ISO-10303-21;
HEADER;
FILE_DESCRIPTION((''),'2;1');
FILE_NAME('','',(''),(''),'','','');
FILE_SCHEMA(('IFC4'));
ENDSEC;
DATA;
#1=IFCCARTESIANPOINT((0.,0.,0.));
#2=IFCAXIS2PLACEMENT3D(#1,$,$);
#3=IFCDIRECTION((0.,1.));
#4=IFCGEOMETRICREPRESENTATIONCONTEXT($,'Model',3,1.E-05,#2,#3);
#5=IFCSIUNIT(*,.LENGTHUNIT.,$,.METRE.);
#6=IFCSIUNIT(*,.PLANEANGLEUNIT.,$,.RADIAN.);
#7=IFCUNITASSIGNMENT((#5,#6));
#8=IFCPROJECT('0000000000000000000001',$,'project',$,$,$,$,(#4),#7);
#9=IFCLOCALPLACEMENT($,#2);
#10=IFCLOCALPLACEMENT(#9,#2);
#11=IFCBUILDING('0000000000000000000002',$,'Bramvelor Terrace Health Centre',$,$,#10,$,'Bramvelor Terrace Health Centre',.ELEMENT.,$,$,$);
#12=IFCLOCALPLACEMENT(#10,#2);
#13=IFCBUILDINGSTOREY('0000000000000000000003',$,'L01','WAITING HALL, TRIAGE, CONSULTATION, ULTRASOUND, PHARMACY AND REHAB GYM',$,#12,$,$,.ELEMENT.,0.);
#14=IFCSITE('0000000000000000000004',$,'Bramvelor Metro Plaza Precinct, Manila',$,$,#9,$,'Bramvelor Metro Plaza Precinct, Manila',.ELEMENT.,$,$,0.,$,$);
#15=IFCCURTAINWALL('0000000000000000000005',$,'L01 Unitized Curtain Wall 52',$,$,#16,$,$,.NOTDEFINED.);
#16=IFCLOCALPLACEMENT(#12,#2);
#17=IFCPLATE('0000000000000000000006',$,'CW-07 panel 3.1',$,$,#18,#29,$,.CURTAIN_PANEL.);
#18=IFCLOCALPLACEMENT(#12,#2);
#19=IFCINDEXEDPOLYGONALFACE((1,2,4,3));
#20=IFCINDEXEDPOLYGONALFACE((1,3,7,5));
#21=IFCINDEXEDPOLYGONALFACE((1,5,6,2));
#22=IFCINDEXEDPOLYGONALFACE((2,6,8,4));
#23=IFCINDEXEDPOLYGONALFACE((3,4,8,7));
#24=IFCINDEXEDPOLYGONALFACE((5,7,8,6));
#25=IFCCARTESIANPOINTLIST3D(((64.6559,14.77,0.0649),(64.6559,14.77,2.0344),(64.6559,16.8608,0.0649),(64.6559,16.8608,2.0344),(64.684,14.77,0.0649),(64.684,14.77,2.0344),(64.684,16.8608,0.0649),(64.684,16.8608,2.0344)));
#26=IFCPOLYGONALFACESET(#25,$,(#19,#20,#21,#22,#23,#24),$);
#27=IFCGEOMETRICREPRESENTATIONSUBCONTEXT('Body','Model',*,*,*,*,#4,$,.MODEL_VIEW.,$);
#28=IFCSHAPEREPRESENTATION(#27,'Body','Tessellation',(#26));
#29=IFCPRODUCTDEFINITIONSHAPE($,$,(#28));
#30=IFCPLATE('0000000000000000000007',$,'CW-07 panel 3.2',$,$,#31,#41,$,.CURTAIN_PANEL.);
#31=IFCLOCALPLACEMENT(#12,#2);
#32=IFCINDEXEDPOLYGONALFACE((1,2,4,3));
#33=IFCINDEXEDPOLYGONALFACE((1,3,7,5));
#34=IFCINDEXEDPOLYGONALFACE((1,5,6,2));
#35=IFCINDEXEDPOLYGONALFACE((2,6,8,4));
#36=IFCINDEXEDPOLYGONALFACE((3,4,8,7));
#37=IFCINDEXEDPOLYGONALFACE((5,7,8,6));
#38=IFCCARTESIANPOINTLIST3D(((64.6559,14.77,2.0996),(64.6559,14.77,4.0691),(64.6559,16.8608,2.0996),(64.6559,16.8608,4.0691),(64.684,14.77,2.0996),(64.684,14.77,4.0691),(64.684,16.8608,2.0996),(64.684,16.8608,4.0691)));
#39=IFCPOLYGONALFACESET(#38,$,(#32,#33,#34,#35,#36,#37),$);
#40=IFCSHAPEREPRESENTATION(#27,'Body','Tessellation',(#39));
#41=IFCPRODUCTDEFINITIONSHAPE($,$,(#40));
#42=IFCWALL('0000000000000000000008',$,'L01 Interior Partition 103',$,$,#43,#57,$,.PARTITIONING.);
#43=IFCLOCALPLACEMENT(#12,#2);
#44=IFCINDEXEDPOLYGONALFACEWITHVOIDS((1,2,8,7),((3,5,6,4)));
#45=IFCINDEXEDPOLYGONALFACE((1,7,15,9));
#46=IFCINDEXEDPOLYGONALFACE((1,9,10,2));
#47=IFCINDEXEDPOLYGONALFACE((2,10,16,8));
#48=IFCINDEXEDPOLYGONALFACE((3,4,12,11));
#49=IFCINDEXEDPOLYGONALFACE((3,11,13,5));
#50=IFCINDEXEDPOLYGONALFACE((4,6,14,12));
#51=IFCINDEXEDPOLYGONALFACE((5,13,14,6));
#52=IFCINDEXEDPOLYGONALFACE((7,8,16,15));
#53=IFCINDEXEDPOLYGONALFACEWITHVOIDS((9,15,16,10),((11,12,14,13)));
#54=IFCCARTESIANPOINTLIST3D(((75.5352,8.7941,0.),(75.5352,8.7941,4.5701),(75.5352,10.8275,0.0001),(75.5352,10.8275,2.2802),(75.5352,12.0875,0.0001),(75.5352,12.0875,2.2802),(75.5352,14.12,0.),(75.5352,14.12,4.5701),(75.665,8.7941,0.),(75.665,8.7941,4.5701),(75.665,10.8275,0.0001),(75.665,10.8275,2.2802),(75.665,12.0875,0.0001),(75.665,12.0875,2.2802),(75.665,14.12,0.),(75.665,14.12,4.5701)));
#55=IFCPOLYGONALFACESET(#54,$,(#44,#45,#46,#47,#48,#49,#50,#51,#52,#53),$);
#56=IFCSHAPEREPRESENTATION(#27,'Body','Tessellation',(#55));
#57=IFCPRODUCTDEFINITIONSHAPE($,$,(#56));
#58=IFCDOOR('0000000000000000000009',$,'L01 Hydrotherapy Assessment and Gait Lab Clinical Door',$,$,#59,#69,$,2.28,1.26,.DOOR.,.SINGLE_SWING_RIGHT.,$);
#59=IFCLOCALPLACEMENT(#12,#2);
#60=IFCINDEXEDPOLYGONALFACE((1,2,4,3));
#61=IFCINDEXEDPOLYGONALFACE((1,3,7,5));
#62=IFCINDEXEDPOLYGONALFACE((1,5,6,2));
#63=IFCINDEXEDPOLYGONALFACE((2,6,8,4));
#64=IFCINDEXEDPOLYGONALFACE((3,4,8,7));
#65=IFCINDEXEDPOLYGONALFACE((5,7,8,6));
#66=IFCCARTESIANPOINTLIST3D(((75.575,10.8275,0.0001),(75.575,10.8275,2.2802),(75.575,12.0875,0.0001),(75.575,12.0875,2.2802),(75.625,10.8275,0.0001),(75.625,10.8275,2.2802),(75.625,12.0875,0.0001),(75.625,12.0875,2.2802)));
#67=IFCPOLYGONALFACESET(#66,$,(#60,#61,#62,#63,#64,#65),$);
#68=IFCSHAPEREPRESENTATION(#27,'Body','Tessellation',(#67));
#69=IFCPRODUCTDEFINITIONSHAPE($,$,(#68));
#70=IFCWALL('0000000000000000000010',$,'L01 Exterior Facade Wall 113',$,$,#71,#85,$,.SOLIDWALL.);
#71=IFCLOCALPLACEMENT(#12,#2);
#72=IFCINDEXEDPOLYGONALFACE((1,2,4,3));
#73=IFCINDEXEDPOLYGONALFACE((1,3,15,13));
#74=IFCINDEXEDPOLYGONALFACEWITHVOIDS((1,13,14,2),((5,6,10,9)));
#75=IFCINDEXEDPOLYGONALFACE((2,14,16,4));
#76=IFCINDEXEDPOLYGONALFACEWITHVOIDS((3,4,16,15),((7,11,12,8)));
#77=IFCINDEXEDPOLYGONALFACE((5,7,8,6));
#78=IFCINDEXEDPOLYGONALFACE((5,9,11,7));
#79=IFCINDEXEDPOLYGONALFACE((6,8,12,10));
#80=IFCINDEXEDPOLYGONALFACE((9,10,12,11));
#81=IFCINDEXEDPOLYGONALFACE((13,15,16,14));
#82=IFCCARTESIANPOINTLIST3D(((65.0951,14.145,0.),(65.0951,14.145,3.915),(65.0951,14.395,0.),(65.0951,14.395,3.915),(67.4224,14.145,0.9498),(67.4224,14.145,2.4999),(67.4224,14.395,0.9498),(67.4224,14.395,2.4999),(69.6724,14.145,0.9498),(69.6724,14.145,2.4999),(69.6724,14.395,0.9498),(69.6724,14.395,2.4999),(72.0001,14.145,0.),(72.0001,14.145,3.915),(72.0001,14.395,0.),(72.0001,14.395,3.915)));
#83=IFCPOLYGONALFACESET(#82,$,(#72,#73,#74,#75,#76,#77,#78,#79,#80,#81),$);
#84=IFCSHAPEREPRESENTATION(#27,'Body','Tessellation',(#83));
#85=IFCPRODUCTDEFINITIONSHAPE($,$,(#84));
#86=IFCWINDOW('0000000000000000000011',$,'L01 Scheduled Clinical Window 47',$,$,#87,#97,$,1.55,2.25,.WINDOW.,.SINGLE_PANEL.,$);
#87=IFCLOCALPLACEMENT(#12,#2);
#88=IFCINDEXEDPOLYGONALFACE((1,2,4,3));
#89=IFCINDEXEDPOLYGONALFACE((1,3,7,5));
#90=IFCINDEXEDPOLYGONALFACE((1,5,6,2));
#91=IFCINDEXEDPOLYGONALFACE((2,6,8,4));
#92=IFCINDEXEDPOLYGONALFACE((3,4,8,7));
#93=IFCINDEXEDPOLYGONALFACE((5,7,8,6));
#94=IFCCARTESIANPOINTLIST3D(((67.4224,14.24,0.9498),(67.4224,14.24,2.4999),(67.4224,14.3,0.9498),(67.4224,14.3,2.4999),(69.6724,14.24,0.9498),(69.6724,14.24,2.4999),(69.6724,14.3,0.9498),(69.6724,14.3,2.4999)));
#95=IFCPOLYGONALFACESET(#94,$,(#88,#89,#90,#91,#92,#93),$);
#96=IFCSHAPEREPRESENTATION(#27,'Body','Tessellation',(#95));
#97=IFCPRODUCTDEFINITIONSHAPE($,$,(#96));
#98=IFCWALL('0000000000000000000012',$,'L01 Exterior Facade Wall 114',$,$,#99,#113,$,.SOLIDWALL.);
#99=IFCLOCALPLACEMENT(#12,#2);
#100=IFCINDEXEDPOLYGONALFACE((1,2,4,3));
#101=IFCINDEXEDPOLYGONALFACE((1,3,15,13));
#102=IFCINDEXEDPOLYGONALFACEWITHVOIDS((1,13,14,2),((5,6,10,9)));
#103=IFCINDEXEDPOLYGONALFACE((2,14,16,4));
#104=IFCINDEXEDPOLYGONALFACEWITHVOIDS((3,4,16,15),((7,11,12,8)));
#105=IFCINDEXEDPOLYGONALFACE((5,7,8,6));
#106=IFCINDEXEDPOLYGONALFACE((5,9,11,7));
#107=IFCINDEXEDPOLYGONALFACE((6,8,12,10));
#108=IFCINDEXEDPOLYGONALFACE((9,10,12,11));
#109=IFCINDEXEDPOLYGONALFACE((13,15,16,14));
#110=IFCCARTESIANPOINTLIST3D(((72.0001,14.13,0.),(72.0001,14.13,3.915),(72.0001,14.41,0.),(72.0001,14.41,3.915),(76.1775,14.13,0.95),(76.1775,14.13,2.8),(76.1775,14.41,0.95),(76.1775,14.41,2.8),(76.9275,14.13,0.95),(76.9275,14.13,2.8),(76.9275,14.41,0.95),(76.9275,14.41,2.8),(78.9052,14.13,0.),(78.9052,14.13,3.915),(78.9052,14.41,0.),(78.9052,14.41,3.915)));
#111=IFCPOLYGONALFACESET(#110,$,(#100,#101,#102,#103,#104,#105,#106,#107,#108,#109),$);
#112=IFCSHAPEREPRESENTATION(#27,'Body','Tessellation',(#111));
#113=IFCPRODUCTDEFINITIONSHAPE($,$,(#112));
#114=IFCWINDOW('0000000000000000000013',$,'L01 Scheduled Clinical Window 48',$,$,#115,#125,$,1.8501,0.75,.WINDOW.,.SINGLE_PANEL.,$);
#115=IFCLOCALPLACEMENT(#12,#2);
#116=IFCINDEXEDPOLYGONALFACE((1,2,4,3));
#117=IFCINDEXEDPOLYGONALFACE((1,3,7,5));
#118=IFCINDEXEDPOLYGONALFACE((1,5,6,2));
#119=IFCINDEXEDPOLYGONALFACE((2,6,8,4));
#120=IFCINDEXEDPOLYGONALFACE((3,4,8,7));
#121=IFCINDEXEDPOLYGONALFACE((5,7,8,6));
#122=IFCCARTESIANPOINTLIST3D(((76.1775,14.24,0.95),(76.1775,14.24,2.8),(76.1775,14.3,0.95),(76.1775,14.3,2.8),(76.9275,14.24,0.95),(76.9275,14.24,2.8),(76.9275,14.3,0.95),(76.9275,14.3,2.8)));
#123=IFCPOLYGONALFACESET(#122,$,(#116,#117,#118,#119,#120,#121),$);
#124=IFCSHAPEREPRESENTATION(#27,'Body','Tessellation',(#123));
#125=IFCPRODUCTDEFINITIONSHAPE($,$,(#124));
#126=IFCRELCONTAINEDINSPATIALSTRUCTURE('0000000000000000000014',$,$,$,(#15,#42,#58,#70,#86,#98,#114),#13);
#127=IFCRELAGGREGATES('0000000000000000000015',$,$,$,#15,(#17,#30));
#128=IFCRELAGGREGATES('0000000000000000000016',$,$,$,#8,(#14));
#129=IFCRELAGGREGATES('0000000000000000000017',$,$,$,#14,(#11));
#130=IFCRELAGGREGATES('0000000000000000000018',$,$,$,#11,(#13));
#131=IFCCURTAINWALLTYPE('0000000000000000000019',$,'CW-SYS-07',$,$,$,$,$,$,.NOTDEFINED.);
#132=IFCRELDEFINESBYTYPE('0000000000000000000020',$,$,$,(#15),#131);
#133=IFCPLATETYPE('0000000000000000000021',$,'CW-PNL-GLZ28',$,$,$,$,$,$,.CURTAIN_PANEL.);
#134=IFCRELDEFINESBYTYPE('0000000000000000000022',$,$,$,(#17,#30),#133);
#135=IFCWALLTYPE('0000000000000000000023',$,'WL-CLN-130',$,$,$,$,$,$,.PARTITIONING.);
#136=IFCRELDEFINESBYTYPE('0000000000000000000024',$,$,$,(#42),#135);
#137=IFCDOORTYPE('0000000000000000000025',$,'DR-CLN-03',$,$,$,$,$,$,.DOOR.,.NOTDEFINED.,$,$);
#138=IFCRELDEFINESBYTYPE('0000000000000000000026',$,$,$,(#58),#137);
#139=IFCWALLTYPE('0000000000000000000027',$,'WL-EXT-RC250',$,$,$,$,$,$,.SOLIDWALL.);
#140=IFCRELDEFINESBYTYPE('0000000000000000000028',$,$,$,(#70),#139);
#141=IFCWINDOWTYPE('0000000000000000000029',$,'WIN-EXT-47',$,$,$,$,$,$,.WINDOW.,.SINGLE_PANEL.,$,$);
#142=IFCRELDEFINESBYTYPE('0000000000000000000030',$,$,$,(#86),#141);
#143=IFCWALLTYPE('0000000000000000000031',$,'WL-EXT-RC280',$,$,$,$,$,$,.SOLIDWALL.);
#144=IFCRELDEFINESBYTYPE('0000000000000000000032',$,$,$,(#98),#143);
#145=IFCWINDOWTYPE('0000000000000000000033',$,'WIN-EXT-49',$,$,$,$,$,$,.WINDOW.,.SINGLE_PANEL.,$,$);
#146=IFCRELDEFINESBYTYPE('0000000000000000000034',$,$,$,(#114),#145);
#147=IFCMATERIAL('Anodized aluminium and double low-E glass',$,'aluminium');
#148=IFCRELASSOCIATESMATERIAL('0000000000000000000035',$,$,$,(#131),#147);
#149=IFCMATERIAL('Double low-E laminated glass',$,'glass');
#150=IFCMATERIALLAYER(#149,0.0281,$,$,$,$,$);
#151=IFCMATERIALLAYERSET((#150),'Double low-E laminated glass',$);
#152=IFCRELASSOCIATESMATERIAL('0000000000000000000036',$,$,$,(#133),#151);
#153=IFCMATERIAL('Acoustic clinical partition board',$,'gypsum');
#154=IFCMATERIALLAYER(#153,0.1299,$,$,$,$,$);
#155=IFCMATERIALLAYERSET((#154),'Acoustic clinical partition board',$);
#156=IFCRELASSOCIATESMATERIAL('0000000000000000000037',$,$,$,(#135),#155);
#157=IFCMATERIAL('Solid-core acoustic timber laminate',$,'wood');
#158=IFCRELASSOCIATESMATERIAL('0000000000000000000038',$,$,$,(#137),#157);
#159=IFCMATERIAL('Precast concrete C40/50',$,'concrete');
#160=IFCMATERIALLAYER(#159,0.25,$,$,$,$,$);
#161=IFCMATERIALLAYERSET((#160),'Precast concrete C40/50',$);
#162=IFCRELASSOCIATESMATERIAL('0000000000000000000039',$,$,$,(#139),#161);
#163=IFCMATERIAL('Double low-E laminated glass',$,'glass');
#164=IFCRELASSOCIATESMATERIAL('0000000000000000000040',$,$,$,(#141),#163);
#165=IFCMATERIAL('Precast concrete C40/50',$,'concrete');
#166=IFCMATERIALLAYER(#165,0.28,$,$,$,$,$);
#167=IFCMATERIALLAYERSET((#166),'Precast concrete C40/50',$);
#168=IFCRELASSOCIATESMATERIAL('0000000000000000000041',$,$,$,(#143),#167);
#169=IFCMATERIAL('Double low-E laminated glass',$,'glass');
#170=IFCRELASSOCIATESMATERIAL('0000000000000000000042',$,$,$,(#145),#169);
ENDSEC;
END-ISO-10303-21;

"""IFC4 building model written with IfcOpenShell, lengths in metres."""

from ifc_helpers import new_model, si_unit, direction, frame, frame_2d, origin, origin_2d, place, context, subcontext, project, spatial, rectangle, extrude, material, layer, layer_set, type_object, element, fill, aggregate, save


model = new_model("IFC4")

# Units and contexts
model_context = context("Model", 3, precision=1e-05, world=origin(), true_north=direction((0.0, 1.0)))
body_context = subcontext(model_context, "Body", "Model", "MODEL_VIEW")
ifc_project = project(units=[si_unit("LENGTHUNIT", "METRE"), si_unit("PLANEANGLEUNIT", "RADIAN")], contexts=[model_context])

# Site, building, storey
site_placement = place(None, origin())
site = spatial("IfcSite", under=ifc_project, at=site_placement, Name="Bramvelor Metro Plaza Precinct, Manila", LongName="Bramvelor Metro Plaza Precinct, Manila", CompositionType="ELEMENT", RefElevation=0.0)
building_placement = place(site_placement, origin())
building = spatial("IfcBuilding", under=site, at=building_placement, Name="Bramvelor Terrace Health Centre", LongName="Bramvelor Terrace Health Centre", CompositionType="ELEMENT")
storey_placement = place(building_placement, origin())
storey = spatial("IfcBuildingStorey", under=building, at=storey_placement, Name="L01", Description="WAITING HALL, TRIAGE, CONSULTATION, ULTRASOUND, PHARMACY AND REHAB GYM", CompositionType="ELEMENT", Elevation=0.0)

# Curtain wall, plates
ifc_material_1 = material(Name="Anodized aluminium and double low-E glass", Category="aluminium")
curtain_wall_type = type_object("IfcCurtainWallType", Name="CW-SYS-07", PredefinedType="NOTDEFINED", material=ifc_material_1)
curtain_wall_placement = place(storey_placement, origin())
curtain_wall = element("IfcCurtainWall", 1, at=curtain_wall_placement, inside=storey, type_object=curtain_wall_type, Name="L01 Unitized Curtain Wall 52", PredefinedType="NOTDEFINED")
ifc_material_2 = material(Name="Double low-E laminated glass", Category="glass")
ifc_layer_1 = layer(ifc_material_2, 0.0281)
ifc_layer_set_1 = layer_set([ifc_layer_1], Name="Double low-E laminated glass")
plate_type = type_object("IfcPlateType", Name="CW-PNL-GLZ28", PredefinedType="CURTAIN_PANEL", material=ifc_layer_set_1)
plate_1_placement = place(storey_placement, frame((64.6699, 15.8154, 0.0649), z_axis=(0.0, 0.0, 1.0), x_axis=(0.0, -1.0, 0.0)))
plate_1 = element("IfcPlate", 2, at=plate_1_placement, type_object=plate_type, Name="CW-07 panel 3.1", PredefinedType="CURTAIN_PANEL", context=body_context, shape_type="SweptSolid", body=[
    extrude(rectangle(XDim=2.0908, YDim=0.0281, at=origin_2d()), origin(), (0.0, 0.0, 1.0), 1.9695),
])
plate_2_placement = place(storey_placement, frame((64.6699, 15.8154, 2.0996), z_axis=(0.0, 0.0, 1.0), x_axis=(0.0, -1.0, 0.0)))
plate_2 = element("IfcPlate", 3, at=plate_2_placement, type_object=plate_type, Name="CW-07 panel 3.2", PredefinedType="CURTAIN_PANEL", context=body_context, shape_type="SweptSolid", body=[
    extrude(rectangle(XDim=2.0908, YDim=0.0281, at=origin_2d()), origin(), (0.0, 0.0, 1.0), 1.9695),
])
aggregate(curtain_wall, [plate_1, plate_2])

# Wall, opening, door
ifc_material_3 = material(Name="Acoustic clinical partition board", Category="gypsum")
ifc_layer_2 = layer(ifc_material_3, 0.1299)
ifc_layer_set_2 = layer_set([ifc_layer_2], Name="Acoustic clinical partition board")
wall_type_1 = type_object("IfcWallType", Name="WL-CLN-130", PredefinedType="PARTITIONING", material=ifc_layer_set_2)
wall_1_placement = place(storey_placement, frame((75.6001, 14.1201, 0.0), z_axis=(0.0, 0.0, 1.0), x_axis=(0.0, -1.0, 0.0)))
wall_1 = element("IfcWall", 4, at=wall_1_placement, inside=storey, type_object=wall_type_1, Name="L01 Interior Partition 103", PredefinedType="PARTITIONING", context=body_context, shape_type="SweptSolid", body=[
    extrude(rectangle(XDim=5.3259, YDim=0.1299, at=frame_2d((2.6631, 0.0))), origin(), (0.0, 0.0, 1.0), 4.5701),
])
opening_1_placement = place(wall_1_placement, frame((2.0327, 0.0, 0.0)))
opening_1 = element("IfcOpeningElement", 5, at=opening_1_placement, cuts=wall_1, PredefinedType="OPENING", context=body_context, shape_type="SweptSolid", body=[
    extrude(rectangle(XDim=1.26, YDim=2.28, at=frame_2d((0.6299, 1.1401))), frame((0.0, 0.075, 0.0), z_axis=(0.0, -1.0, 0.0), x_axis=(1.0, 0.0, 0.0)), (0.0, 0.0, 1.0), 0.1499),
])
ifc_material_4 = material(Name="Solid-core acoustic timber laminate", Category="wood")
door_type = type_object("IfcDoorType", Name="DR-CLN-03", OperationType="NOTDEFINED", PredefinedType="DOOR", material=ifc_material_4)
door_placement = place(opening_1_placement, origin())
door = element("IfcDoor", 6, at=door_placement, inside=storey, type_object=door_type, Name="L01 Hydrotherapy Assessment and Gait Lab Clinical Door", OperationType="SINGLE_SWING_RIGHT", OverallHeight=2.28, OverallWidth=1.26, PredefinedType="DOOR", context=body_context, shape_type="SweptSolid", body=[
    extrude(rectangle(XDim=1.26, YDim=2.28, at=frame_2d((0.6299, 1.1401))), frame((0.0, 0.0249, 0.0), z_axis=(0.0, -1.0, 0.0), x_axis=(1.0, 0.0, 0.0)), (0.0, 0.0, 1.0), 0.05),
])
fill(opening_1, door)

# Walls, openings, windows
ifc_material_5 = material(Name="Precast concrete C40/50", Category="concrete")
ifc_layer_3 = layer(ifc_material_5, 0.25)
ifc_layer_set_3 = layer_set([ifc_layer_3], Name="Precast concrete C40/50")
wall_type_2 = type_object("IfcWallType", Name="WL-EXT-RC250", PredefinedType="SOLIDWALL", material=ifc_layer_set_3)
wall_2_placement = place(storey_placement, frame((65.095, 14.27, 0.0), z_axis=(0.0, 0.0, 1.0), x_axis=(1.0, 0.0, 0.0)))
wall_2 = element("IfcWall", 7, at=wall_2_placement, inside=storey, type_object=wall_type_2, Name="L01 Exterior Facade Wall 113", PredefinedType="SOLIDWALL", context=body_context, shape_type="SweptSolid", body=[
    extrude(rectangle(XDim=6.905, YDim=0.25, at=frame_2d((3.4526, 0.0))), origin(), (0.0, 0.0, 1.0), 3.915),
])
opening_2_placement = place(wall_2_placement, frame((2.3274, 0.0, 0.95)))
opening_2 = element("IfcOpeningElement", 8, at=opening_2_placement, cuts=wall_2, PredefinedType="OPENING", context=body_context, shape_type="SweptSolid", body=[
    extrude(rectangle(XDim=2.25, YDim=1.55, at=frame_2d((1.125, 0.7749))), frame((0.0, 0.135, 0.0), z_axis=(0.0, -1.0, 0.0), x_axis=(1.0, 0.0, 0.0)), (0.0, 0.0, 1.0), 0.27),
])
ifc_material_6 = material(Name="Double low-E laminated glass", Category="glass")
window_type_1 = type_object("IfcWindowType", Name="WIN-EXT-47", PartitioningType="SINGLE_PANEL", PredefinedType="WINDOW", material=ifc_material_6)
window_1_placement = place(opening_2_placement, origin())
window_1 = element("IfcWindow", 9, at=window_1_placement, inside=storey, type_object=window_type_1, Name="L01 Scheduled Clinical Window 47", OverallHeight=1.55, OverallWidth=2.25, PartitioningType="SINGLE_PANEL", PredefinedType="WINDOW", context=body_context, shape_type="SweptSolid", body=[
    extrude(rectangle(XDim=2.25, YDim=1.55, at=frame_2d((1.125, 0.7749))), frame((0.0, 0.03, 0.0), z_axis=(0.0, -1.0, 0.0), x_axis=(1.0, 0.0, 0.0)), (0.0, 0.0, 1.0), 0.0601),
])
fill(opening_2, window_1)
ifc_material_7 = material(Name="Precast concrete C40/50", Category="concrete")
ifc_layer_4 = layer(ifc_material_7, 0.28)
ifc_layer_set_4 = layer_set([ifc_layer_4], Name="Precast concrete C40/50")
wall_type_3 = type_object("IfcWallType", Name="WL-EXT-RC280", PredefinedType="SOLIDWALL", material=ifc_layer_set_4)
wall_3_placement = place(storey_placement, frame((72.0, 14.27, 0.0), z_axis=(0.0, 0.0, 1.0), x_axis=(1.0, 0.0, 0.0)))
wall_3 = element("IfcWall", 10, at=wall_3_placement, inside=storey, type_object=wall_type_3, Name="L01 Exterior Facade Wall 114", PredefinedType="SOLIDWALL", context=body_context, shape_type="SweptSolid", body=[
    extrude(rectangle(XDim=6.905, YDim=0.28, at=frame_2d((3.4526, 0.0))), origin(), (0.0, 0.0, 1.0), 3.915),
])
opening_3_placement = place(wall_3_placement, frame((4.1775, 0.0, 0.95)))
opening_3 = element("IfcOpeningElement", 11, at=opening_3_placement, cuts=wall_3, PredefinedType="OPENING", context=body_context, shape_type="SweptSolid", body=[
    extrude(rectangle(XDim=0.75, YDim=1.8501, at=frame_2d((0.375, 0.925))), frame((0.0, 0.1499, 0.0), z_axis=(0.0, -1.0, 0.0), x_axis=(1.0, 0.0, 0.0)), (0.0, 0.0, 1.0), 0.3),
])
ifc_material_8 = material(Name="Double low-E laminated glass", Category="glass")
window_type_2 = type_object("IfcWindowType", Name="WIN-EXT-49", PartitioningType="SINGLE_PANEL", PredefinedType="WINDOW", material=ifc_material_8)
window_2_placement = place(opening_3_placement, origin())
window_2 = element("IfcWindow", 12, at=window_2_placement, inside=storey, type_object=window_type_2, Name="L01 Scheduled Clinical Window 48", OverallHeight=1.8501, OverallWidth=0.75, PartitioningType="SINGLE_PANEL", PredefinedType="WINDOW", context=body_context, shape_type="SweptSolid", body=[
    extrude(rectangle(XDim=0.75, YDim=1.8501, at=frame_2d((0.375, 0.925))), frame((0.0, 0.03, 0.0), z_axis=(0.0, -1.0, 0.0), x_axis=(1.0, 0.0, 0.0)), (0.0, 0.0, 1.0), 0.0601),
])
fill(opening_3, window_2)

save(model, "model.ifc")
